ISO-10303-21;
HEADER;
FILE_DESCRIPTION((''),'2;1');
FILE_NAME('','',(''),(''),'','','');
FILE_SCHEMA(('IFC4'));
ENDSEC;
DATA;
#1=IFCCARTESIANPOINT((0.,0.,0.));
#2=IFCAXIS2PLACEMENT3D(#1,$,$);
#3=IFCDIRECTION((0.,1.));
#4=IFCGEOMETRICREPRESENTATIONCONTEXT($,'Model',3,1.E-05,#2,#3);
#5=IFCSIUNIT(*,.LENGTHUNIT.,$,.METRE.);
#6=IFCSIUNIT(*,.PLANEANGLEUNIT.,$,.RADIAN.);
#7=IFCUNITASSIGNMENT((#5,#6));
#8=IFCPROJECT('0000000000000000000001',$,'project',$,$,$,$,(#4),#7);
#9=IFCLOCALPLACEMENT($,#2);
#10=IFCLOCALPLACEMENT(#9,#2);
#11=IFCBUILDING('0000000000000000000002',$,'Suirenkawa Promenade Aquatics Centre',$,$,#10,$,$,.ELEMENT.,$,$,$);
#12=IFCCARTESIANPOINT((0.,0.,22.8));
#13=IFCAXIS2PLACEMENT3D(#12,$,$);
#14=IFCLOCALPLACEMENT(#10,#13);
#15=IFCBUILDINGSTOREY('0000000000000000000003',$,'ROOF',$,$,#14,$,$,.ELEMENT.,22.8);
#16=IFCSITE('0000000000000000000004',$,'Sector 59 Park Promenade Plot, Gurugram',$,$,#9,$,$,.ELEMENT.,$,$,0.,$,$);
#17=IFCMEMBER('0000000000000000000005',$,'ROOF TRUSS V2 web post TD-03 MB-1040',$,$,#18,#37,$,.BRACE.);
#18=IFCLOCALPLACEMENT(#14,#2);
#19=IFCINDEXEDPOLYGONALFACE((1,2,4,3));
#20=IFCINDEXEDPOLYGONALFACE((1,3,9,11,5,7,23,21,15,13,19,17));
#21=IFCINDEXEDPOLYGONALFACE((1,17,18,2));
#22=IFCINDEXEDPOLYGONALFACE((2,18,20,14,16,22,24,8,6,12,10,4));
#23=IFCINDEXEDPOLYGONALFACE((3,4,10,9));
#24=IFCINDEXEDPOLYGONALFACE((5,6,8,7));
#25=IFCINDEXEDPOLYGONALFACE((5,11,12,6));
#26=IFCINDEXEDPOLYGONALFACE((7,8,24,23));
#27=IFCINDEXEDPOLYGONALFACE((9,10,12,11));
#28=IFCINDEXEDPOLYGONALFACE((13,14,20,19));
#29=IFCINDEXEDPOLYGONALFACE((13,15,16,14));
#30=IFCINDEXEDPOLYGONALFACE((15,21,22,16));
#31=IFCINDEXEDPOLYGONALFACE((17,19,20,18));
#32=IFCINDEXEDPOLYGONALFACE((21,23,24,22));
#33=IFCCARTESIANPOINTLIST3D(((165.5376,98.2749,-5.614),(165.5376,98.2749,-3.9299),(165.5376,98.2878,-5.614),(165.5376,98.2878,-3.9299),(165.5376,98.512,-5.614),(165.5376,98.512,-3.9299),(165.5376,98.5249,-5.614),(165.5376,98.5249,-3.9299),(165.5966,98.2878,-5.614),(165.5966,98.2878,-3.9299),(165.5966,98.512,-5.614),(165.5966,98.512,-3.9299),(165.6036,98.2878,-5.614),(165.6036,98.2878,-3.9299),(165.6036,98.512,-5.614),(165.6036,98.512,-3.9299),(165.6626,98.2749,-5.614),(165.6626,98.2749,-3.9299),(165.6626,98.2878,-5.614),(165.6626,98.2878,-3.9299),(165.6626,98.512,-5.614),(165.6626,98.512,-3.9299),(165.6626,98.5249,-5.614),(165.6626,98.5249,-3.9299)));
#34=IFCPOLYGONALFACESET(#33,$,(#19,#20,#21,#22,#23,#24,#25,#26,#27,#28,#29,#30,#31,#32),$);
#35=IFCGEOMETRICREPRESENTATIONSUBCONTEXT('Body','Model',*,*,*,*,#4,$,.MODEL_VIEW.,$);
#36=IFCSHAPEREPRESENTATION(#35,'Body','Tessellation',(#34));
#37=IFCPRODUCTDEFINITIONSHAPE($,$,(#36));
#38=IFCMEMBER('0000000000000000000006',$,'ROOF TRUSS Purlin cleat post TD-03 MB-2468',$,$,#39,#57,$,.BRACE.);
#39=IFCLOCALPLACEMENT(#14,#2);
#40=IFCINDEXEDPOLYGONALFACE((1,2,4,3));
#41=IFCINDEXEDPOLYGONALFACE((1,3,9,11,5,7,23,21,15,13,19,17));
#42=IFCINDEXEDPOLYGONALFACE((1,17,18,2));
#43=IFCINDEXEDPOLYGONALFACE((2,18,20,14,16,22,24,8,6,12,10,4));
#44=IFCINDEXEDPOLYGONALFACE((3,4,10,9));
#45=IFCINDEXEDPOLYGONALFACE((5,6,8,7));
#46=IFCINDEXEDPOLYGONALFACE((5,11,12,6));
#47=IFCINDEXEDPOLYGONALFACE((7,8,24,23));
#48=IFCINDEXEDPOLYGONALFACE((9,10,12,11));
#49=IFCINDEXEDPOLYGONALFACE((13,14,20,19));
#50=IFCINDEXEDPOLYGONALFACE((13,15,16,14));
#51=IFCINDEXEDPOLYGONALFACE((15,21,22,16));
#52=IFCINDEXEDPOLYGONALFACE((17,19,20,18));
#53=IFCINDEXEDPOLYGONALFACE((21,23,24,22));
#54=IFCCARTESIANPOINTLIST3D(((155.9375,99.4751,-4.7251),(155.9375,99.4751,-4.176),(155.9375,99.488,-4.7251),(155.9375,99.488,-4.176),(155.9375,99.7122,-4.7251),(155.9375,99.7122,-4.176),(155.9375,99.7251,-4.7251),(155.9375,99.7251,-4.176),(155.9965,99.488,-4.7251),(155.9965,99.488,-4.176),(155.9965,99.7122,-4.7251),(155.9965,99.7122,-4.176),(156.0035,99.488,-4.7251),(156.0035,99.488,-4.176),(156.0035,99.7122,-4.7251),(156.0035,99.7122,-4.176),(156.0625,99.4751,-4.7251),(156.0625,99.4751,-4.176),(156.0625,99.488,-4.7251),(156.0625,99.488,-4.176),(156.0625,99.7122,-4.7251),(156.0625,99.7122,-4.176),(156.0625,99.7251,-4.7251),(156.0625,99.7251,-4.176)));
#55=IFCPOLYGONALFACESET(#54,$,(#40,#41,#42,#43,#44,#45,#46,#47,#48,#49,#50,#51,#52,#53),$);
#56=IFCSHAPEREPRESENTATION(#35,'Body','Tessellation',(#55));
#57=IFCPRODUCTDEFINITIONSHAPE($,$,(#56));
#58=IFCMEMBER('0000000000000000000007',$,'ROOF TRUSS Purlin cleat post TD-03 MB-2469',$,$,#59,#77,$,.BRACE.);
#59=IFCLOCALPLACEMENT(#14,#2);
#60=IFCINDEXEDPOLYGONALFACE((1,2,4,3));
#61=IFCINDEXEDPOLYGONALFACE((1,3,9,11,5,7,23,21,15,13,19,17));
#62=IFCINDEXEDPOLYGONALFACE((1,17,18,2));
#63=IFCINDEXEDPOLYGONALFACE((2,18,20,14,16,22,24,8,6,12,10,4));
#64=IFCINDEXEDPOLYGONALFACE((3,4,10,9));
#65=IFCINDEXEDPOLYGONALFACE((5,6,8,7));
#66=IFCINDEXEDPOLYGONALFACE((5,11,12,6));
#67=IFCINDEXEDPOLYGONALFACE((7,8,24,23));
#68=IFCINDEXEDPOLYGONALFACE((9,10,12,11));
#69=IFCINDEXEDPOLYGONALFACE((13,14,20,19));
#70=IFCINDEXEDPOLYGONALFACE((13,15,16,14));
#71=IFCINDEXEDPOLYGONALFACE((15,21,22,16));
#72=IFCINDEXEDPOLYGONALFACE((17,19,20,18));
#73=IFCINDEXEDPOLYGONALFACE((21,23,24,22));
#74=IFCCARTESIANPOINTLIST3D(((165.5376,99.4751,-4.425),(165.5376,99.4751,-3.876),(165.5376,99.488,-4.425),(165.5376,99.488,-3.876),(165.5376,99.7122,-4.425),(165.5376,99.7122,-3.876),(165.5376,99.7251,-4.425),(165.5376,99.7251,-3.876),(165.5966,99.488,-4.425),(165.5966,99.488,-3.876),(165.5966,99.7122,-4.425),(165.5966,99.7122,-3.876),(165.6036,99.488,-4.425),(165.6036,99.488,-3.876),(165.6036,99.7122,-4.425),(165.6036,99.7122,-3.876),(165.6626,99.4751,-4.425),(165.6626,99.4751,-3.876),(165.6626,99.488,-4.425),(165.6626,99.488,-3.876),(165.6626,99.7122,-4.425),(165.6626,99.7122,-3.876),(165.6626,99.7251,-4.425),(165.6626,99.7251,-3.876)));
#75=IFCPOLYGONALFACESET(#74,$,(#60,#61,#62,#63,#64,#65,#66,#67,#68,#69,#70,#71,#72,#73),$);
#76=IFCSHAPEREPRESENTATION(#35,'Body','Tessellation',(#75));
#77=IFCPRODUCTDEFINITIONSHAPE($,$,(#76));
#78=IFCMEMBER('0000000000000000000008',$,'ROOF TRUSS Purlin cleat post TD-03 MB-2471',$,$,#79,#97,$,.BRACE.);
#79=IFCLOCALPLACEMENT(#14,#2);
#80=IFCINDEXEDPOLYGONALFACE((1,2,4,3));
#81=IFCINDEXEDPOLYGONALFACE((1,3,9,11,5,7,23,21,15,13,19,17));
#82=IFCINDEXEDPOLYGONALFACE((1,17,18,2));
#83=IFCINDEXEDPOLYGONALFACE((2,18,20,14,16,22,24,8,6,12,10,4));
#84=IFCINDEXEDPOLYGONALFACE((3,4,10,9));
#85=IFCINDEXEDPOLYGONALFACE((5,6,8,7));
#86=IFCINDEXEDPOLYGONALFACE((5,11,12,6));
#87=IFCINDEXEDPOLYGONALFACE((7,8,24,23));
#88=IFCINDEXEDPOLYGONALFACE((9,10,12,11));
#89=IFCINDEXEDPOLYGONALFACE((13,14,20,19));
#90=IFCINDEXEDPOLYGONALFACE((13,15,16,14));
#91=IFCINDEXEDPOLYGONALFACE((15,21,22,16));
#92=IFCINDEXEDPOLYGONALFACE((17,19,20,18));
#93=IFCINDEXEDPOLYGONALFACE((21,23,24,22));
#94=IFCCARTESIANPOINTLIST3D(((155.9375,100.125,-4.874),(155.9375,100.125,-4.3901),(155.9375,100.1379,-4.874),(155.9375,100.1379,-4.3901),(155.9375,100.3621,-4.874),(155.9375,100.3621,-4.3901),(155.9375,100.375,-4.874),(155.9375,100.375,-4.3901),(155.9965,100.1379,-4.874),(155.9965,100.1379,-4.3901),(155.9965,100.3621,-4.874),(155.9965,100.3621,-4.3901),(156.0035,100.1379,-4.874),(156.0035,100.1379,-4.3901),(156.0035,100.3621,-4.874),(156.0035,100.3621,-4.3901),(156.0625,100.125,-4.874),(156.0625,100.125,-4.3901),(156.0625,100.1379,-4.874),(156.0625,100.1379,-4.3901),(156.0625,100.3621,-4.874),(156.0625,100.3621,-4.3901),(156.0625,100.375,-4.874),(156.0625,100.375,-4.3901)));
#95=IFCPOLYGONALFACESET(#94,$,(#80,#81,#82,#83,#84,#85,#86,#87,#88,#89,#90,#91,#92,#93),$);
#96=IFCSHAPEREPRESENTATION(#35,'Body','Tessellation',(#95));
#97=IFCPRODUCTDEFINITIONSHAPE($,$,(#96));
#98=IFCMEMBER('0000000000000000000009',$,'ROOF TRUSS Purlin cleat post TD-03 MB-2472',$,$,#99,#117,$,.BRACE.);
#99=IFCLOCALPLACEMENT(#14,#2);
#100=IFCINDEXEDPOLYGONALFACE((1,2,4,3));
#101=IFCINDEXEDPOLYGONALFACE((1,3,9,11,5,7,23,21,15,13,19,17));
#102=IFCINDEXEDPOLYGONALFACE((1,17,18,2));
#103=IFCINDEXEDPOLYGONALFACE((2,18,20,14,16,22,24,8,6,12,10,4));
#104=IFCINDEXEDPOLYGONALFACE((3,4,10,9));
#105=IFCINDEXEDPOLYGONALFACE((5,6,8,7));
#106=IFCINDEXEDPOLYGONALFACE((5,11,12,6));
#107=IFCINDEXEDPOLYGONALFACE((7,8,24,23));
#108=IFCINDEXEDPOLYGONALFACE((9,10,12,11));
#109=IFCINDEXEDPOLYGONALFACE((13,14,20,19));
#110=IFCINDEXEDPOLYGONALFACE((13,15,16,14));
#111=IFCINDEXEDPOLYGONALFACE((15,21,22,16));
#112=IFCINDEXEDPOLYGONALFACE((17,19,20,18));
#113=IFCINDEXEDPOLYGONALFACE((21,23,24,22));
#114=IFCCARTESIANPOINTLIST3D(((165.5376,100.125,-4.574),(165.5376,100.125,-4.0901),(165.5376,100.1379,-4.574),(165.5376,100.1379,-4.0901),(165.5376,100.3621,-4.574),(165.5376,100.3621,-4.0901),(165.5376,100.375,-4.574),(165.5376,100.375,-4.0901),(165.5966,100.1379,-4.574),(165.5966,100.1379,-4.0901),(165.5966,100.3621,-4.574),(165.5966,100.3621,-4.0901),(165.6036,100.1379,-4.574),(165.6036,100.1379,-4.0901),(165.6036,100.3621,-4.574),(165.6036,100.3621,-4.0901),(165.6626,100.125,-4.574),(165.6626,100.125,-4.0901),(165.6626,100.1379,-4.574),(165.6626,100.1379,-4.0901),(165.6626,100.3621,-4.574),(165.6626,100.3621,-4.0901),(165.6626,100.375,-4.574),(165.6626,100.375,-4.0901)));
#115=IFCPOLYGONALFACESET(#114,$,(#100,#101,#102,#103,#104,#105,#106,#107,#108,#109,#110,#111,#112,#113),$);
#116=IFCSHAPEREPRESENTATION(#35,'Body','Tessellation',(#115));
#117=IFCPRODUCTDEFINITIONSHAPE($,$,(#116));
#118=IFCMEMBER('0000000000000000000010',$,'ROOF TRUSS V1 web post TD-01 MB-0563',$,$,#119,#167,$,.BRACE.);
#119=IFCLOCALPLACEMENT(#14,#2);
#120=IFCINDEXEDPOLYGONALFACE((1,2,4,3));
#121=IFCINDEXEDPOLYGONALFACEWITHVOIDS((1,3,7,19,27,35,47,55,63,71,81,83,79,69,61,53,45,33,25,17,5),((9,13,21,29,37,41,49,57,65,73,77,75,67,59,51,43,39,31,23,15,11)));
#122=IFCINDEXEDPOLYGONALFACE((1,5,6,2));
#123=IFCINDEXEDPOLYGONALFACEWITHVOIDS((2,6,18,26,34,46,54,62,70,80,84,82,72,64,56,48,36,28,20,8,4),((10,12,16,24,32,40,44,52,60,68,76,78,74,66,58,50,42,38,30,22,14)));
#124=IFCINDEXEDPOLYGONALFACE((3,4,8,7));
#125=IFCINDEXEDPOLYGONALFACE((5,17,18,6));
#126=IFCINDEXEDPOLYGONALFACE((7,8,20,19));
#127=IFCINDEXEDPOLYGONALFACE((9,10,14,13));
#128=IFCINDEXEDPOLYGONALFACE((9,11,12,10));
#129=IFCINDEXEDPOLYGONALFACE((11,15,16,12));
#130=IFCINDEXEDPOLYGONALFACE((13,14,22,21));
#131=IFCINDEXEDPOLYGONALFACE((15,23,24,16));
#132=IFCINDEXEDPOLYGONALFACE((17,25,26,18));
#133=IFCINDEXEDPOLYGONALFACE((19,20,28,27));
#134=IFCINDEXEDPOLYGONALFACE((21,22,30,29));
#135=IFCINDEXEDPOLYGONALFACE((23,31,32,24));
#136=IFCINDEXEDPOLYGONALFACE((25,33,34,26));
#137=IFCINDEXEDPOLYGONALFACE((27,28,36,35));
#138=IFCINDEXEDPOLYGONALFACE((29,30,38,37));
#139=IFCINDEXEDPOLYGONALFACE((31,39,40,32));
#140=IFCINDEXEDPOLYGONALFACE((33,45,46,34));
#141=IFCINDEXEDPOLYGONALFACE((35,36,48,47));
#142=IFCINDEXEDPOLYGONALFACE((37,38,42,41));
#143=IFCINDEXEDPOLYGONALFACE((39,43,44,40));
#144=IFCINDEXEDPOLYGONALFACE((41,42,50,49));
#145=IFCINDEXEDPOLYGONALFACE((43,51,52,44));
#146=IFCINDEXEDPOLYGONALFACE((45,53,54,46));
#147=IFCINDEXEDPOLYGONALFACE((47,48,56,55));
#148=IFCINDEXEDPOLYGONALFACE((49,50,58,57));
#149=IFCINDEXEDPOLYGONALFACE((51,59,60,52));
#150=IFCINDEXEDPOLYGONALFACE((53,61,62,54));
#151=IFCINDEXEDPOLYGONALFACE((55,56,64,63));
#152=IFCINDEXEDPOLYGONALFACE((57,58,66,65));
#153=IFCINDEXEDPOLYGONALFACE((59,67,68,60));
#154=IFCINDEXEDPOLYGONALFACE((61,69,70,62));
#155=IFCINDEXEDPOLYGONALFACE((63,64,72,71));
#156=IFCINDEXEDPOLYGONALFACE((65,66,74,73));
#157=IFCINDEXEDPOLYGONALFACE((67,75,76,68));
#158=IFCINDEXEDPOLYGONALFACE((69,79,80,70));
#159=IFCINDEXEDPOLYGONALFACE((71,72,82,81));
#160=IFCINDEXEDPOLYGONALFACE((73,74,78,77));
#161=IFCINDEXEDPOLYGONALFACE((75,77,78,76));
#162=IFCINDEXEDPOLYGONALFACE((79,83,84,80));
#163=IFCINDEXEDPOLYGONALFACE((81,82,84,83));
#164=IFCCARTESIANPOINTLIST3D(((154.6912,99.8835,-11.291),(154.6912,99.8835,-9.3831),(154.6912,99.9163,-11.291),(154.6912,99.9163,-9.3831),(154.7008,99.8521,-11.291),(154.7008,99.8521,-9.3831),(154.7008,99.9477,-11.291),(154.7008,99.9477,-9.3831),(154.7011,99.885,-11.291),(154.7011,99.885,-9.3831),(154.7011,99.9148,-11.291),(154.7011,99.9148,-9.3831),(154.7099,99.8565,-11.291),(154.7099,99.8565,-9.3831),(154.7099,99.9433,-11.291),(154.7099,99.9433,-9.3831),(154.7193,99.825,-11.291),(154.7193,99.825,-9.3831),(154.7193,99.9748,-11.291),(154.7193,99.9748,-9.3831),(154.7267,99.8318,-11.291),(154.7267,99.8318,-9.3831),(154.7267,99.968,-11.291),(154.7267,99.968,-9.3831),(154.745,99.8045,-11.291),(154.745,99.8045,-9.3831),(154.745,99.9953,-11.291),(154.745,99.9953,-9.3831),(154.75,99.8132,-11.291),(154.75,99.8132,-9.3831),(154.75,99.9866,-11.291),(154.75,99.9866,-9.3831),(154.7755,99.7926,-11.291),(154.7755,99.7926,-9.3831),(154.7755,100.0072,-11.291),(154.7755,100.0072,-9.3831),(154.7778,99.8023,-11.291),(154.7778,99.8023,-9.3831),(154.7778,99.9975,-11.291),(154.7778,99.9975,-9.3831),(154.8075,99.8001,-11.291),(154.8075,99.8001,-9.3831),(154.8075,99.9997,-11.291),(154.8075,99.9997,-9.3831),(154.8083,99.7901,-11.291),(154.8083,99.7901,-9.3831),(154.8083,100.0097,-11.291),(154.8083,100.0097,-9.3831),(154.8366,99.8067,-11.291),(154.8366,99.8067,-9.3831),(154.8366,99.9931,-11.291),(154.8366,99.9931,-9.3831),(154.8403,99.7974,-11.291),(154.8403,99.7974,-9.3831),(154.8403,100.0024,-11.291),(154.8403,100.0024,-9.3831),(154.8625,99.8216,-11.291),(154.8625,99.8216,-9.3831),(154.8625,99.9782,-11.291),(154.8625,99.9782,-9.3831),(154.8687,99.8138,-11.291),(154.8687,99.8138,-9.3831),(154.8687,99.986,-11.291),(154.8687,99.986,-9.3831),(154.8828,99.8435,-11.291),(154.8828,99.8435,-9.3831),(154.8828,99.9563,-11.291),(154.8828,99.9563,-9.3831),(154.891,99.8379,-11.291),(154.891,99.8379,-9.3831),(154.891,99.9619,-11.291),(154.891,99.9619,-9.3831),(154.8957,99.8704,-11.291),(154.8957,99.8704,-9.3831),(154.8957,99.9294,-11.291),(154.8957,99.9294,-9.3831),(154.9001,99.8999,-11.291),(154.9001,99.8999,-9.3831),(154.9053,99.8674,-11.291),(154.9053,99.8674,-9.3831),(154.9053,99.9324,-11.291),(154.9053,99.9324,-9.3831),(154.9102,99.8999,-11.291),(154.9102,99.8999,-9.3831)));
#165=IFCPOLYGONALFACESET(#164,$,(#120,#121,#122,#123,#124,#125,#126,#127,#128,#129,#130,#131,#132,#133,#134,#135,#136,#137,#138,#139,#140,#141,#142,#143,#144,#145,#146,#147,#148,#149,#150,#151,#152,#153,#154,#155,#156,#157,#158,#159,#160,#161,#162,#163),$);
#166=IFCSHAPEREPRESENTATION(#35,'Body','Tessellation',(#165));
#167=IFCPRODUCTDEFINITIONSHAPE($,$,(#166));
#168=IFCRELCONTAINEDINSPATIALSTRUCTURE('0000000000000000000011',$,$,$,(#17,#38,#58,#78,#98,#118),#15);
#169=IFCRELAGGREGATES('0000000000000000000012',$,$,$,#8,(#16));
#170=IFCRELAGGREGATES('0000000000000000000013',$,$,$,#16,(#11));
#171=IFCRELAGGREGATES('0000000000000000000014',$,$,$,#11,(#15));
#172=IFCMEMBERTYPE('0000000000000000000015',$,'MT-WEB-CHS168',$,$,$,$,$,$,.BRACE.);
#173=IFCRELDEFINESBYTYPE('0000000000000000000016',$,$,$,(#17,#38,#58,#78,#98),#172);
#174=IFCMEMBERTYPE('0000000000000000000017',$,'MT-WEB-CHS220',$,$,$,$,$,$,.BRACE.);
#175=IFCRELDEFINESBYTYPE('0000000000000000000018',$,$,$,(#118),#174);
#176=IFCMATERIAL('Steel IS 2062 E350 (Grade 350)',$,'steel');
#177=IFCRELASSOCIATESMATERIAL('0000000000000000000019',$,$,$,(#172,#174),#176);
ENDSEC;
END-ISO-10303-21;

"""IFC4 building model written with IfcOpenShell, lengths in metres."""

from ifc_helpers import new_model, si_unit, direction, frame, origin, origin_2d, place, context, subcontext, project, spatial, hollow_circle, i_section, extrude, material, material_profile, profile_set, type_object, element, save


model = new_model("IFC4")

# Units and contexts
model_context = context("Model", 3, precision=1e-05, world=origin(), true_north=direction((0.0, 1.0)))
body_context = subcontext(model_context, "Body", "Model", "MODEL_VIEW")
ifc_project = project(units=[si_unit("LENGTHUNIT", "METRE"), si_unit("PLANEANGLEUNIT", "RADIAN")], contexts=[model_context])

# Site, building, storey
site_placement = place(None, origin())
site = spatial("IfcSite", under=ifc_project, at=site_placement, Name="Sector 59 Park Promenade Plot, Gurugram", CompositionType="ELEMENT", RefElevation=0.0)
building_placement = place(site_placement, origin())
building = spatial("IfcBuilding", under=site, at=building_placement, Name="Suirenkawa Promenade Aquatics Centre", CompositionType="ELEMENT")
storey_placement = place(building_placement, frame((0.0, 0.0, 22.8)))
storey = spatial("IfcBuildingStorey", under=building, at=storey_placement, Name="ROOF", CompositionType="ELEMENT", Elevation=22.8)

# Shared definitions
ifc_material = material(Name="Steel IS 2062 E350 (Grade 350)", Category="steel")

# Members
ifc_material_profile_1 = material_profile(ifc_material, i_section(OverallWidth=0.125, OverallDepth=0.25, WebThickness=0.0071, FlangeThickness=0.0129, at=origin_2d()), Name="ISMB 250", Category="steel")
ifc_profile_set_1 = profile_set([ifc_material_profile_1], Name="Steel IS 2062 E350 (Grade 350)")
member_type_1 = type_object("IfcMemberType", Name="MT-WEB-CHS168", PredefinedType="BRACE", material=ifc_profile_set_1)
for number, where, z_axis, x_axis, name in (
    (1, (165.6001, 98.3999, -5.614), (0.0, 0.0, 1.0), (1.0, 0.0, 0.0), "ROOF TRUSS V2 web post TD-03 MB-1040"),
):
    element("IfcMember", number, at=place(storey_placement, frame(where, z_axis=z_axis, x_axis=x_axis)), inside=storey, type_object=member_type_1, Name=name, PredefinedType="BRACE", context=body_context, shape_type="SweptSolid", body=[
        extrude(i_section(OverallWidth=0.125, OverallDepth=0.25, WebThickness=0.0071, FlangeThickness=0.0129, at=origin_2d()), origin(), (0.0, 0.0, 1.0), 1.6841),
    ])
for number, where, z_axis, x_axis, name in (
    (2, (156.0, 99.6001, -4.7251), (0.0, 0.0, 1.0), (1.0, 0.0, 0.0), "ROOF TRUSS Purlin cleat post TD-03 MB-2468"),
    (3, (165.6001, 99.6001, -4.425), (0.0, 0.0, 1.0), (1.0, 0.0, 0.0), "ROOF TRUSS Purlin cleat post TD-03 MB-2469"),
):
    element("IfcMember", number, at=place(storey_placement, frame(where, z_axis=z_axis, x_axis=x_axis)), inside=storey, type_object=member_type_1, Name=name, PredefinedType="BRACE", context=body_context, shape_type="SweptSolid", body=[
        extrude(i_section(OverallWidth=0.125, OverallDepth=0.25, WebThickness=0.0071, FlangeThickness=0.0129, at=origin_2d()), origin(), (0.0, 0.0, 1.0), 0.5491),
    ])
for number, where, z_axis, x_axis, name in (
    (4, (156.0, 100.25, -4.874), (0.0, 0.0, 1.0), (1.0, 0.0, 0.0), "ROOF TRUSS Purlin cleat post TD-03 MB-2471"),
    (5, (165.6001, 100.25, -4.574), (0.0, 0.0, 1.0), (1.0, 0.0, 0.0), "ROOF TRUSS Purlin cleat post TD-03 MB-2472"),
):
    element("IfcMember", number, at=place(storey_placement, frame(where, z_axis=z_axis, x_axis=x_axis)), inside=storey, type_object=member_type_1, Name=name, PredefinedType="BRACE", context=body_context, shape_type="SweptSolid", body=[
        extrude(i_section(OverallWidth=0.125, OverallDepth=0.25, WebThickness=0.0071, FlangeThickness=0.0129, at=origin_2d()), origin(), (0.0, 0.0, 1.0), 0.4839),
    ])
ifc_material_profile_2 = material_profile(ifc_material, hollow_circle(Radius=0.1101, WallThickness=0.01, at=origin_2d()), Name="CHS 220x10", Category="steel")
ifc_profile_set_2 = profile_set([ifc_material_profile_2], Name="Steel IS 2062 E350 (Grade 350)")
member_type_2 = type_object("IfcMemberType", Name="MT-WEB-CHS220", PredefinedType="BRACE", material=ifc_profile_set_2)
member_1_placement = place(storey_placement, frame((154.8, 99.8999, -11.291), z_axis=(0.0, 0.0, 1.0), x_axis=(1.0, 0.0, 0.0)))
element("IfcMember", 6, at=member_1_placement, inside=storey, type_object=member_type_2, Name="ROOF TRUSS V1 web post TD-01 MB-0563", PredefinedType="BRACE", context=body_context, shape_type="SweptSolid", body=[
    extrude(hollow_circle(Radius=0.1101, WallThickness=0.01, at=origin_2d()), origin(), (0.0, 0.0, 1.0), 1.908),
])

save(model, "model.ifc")
